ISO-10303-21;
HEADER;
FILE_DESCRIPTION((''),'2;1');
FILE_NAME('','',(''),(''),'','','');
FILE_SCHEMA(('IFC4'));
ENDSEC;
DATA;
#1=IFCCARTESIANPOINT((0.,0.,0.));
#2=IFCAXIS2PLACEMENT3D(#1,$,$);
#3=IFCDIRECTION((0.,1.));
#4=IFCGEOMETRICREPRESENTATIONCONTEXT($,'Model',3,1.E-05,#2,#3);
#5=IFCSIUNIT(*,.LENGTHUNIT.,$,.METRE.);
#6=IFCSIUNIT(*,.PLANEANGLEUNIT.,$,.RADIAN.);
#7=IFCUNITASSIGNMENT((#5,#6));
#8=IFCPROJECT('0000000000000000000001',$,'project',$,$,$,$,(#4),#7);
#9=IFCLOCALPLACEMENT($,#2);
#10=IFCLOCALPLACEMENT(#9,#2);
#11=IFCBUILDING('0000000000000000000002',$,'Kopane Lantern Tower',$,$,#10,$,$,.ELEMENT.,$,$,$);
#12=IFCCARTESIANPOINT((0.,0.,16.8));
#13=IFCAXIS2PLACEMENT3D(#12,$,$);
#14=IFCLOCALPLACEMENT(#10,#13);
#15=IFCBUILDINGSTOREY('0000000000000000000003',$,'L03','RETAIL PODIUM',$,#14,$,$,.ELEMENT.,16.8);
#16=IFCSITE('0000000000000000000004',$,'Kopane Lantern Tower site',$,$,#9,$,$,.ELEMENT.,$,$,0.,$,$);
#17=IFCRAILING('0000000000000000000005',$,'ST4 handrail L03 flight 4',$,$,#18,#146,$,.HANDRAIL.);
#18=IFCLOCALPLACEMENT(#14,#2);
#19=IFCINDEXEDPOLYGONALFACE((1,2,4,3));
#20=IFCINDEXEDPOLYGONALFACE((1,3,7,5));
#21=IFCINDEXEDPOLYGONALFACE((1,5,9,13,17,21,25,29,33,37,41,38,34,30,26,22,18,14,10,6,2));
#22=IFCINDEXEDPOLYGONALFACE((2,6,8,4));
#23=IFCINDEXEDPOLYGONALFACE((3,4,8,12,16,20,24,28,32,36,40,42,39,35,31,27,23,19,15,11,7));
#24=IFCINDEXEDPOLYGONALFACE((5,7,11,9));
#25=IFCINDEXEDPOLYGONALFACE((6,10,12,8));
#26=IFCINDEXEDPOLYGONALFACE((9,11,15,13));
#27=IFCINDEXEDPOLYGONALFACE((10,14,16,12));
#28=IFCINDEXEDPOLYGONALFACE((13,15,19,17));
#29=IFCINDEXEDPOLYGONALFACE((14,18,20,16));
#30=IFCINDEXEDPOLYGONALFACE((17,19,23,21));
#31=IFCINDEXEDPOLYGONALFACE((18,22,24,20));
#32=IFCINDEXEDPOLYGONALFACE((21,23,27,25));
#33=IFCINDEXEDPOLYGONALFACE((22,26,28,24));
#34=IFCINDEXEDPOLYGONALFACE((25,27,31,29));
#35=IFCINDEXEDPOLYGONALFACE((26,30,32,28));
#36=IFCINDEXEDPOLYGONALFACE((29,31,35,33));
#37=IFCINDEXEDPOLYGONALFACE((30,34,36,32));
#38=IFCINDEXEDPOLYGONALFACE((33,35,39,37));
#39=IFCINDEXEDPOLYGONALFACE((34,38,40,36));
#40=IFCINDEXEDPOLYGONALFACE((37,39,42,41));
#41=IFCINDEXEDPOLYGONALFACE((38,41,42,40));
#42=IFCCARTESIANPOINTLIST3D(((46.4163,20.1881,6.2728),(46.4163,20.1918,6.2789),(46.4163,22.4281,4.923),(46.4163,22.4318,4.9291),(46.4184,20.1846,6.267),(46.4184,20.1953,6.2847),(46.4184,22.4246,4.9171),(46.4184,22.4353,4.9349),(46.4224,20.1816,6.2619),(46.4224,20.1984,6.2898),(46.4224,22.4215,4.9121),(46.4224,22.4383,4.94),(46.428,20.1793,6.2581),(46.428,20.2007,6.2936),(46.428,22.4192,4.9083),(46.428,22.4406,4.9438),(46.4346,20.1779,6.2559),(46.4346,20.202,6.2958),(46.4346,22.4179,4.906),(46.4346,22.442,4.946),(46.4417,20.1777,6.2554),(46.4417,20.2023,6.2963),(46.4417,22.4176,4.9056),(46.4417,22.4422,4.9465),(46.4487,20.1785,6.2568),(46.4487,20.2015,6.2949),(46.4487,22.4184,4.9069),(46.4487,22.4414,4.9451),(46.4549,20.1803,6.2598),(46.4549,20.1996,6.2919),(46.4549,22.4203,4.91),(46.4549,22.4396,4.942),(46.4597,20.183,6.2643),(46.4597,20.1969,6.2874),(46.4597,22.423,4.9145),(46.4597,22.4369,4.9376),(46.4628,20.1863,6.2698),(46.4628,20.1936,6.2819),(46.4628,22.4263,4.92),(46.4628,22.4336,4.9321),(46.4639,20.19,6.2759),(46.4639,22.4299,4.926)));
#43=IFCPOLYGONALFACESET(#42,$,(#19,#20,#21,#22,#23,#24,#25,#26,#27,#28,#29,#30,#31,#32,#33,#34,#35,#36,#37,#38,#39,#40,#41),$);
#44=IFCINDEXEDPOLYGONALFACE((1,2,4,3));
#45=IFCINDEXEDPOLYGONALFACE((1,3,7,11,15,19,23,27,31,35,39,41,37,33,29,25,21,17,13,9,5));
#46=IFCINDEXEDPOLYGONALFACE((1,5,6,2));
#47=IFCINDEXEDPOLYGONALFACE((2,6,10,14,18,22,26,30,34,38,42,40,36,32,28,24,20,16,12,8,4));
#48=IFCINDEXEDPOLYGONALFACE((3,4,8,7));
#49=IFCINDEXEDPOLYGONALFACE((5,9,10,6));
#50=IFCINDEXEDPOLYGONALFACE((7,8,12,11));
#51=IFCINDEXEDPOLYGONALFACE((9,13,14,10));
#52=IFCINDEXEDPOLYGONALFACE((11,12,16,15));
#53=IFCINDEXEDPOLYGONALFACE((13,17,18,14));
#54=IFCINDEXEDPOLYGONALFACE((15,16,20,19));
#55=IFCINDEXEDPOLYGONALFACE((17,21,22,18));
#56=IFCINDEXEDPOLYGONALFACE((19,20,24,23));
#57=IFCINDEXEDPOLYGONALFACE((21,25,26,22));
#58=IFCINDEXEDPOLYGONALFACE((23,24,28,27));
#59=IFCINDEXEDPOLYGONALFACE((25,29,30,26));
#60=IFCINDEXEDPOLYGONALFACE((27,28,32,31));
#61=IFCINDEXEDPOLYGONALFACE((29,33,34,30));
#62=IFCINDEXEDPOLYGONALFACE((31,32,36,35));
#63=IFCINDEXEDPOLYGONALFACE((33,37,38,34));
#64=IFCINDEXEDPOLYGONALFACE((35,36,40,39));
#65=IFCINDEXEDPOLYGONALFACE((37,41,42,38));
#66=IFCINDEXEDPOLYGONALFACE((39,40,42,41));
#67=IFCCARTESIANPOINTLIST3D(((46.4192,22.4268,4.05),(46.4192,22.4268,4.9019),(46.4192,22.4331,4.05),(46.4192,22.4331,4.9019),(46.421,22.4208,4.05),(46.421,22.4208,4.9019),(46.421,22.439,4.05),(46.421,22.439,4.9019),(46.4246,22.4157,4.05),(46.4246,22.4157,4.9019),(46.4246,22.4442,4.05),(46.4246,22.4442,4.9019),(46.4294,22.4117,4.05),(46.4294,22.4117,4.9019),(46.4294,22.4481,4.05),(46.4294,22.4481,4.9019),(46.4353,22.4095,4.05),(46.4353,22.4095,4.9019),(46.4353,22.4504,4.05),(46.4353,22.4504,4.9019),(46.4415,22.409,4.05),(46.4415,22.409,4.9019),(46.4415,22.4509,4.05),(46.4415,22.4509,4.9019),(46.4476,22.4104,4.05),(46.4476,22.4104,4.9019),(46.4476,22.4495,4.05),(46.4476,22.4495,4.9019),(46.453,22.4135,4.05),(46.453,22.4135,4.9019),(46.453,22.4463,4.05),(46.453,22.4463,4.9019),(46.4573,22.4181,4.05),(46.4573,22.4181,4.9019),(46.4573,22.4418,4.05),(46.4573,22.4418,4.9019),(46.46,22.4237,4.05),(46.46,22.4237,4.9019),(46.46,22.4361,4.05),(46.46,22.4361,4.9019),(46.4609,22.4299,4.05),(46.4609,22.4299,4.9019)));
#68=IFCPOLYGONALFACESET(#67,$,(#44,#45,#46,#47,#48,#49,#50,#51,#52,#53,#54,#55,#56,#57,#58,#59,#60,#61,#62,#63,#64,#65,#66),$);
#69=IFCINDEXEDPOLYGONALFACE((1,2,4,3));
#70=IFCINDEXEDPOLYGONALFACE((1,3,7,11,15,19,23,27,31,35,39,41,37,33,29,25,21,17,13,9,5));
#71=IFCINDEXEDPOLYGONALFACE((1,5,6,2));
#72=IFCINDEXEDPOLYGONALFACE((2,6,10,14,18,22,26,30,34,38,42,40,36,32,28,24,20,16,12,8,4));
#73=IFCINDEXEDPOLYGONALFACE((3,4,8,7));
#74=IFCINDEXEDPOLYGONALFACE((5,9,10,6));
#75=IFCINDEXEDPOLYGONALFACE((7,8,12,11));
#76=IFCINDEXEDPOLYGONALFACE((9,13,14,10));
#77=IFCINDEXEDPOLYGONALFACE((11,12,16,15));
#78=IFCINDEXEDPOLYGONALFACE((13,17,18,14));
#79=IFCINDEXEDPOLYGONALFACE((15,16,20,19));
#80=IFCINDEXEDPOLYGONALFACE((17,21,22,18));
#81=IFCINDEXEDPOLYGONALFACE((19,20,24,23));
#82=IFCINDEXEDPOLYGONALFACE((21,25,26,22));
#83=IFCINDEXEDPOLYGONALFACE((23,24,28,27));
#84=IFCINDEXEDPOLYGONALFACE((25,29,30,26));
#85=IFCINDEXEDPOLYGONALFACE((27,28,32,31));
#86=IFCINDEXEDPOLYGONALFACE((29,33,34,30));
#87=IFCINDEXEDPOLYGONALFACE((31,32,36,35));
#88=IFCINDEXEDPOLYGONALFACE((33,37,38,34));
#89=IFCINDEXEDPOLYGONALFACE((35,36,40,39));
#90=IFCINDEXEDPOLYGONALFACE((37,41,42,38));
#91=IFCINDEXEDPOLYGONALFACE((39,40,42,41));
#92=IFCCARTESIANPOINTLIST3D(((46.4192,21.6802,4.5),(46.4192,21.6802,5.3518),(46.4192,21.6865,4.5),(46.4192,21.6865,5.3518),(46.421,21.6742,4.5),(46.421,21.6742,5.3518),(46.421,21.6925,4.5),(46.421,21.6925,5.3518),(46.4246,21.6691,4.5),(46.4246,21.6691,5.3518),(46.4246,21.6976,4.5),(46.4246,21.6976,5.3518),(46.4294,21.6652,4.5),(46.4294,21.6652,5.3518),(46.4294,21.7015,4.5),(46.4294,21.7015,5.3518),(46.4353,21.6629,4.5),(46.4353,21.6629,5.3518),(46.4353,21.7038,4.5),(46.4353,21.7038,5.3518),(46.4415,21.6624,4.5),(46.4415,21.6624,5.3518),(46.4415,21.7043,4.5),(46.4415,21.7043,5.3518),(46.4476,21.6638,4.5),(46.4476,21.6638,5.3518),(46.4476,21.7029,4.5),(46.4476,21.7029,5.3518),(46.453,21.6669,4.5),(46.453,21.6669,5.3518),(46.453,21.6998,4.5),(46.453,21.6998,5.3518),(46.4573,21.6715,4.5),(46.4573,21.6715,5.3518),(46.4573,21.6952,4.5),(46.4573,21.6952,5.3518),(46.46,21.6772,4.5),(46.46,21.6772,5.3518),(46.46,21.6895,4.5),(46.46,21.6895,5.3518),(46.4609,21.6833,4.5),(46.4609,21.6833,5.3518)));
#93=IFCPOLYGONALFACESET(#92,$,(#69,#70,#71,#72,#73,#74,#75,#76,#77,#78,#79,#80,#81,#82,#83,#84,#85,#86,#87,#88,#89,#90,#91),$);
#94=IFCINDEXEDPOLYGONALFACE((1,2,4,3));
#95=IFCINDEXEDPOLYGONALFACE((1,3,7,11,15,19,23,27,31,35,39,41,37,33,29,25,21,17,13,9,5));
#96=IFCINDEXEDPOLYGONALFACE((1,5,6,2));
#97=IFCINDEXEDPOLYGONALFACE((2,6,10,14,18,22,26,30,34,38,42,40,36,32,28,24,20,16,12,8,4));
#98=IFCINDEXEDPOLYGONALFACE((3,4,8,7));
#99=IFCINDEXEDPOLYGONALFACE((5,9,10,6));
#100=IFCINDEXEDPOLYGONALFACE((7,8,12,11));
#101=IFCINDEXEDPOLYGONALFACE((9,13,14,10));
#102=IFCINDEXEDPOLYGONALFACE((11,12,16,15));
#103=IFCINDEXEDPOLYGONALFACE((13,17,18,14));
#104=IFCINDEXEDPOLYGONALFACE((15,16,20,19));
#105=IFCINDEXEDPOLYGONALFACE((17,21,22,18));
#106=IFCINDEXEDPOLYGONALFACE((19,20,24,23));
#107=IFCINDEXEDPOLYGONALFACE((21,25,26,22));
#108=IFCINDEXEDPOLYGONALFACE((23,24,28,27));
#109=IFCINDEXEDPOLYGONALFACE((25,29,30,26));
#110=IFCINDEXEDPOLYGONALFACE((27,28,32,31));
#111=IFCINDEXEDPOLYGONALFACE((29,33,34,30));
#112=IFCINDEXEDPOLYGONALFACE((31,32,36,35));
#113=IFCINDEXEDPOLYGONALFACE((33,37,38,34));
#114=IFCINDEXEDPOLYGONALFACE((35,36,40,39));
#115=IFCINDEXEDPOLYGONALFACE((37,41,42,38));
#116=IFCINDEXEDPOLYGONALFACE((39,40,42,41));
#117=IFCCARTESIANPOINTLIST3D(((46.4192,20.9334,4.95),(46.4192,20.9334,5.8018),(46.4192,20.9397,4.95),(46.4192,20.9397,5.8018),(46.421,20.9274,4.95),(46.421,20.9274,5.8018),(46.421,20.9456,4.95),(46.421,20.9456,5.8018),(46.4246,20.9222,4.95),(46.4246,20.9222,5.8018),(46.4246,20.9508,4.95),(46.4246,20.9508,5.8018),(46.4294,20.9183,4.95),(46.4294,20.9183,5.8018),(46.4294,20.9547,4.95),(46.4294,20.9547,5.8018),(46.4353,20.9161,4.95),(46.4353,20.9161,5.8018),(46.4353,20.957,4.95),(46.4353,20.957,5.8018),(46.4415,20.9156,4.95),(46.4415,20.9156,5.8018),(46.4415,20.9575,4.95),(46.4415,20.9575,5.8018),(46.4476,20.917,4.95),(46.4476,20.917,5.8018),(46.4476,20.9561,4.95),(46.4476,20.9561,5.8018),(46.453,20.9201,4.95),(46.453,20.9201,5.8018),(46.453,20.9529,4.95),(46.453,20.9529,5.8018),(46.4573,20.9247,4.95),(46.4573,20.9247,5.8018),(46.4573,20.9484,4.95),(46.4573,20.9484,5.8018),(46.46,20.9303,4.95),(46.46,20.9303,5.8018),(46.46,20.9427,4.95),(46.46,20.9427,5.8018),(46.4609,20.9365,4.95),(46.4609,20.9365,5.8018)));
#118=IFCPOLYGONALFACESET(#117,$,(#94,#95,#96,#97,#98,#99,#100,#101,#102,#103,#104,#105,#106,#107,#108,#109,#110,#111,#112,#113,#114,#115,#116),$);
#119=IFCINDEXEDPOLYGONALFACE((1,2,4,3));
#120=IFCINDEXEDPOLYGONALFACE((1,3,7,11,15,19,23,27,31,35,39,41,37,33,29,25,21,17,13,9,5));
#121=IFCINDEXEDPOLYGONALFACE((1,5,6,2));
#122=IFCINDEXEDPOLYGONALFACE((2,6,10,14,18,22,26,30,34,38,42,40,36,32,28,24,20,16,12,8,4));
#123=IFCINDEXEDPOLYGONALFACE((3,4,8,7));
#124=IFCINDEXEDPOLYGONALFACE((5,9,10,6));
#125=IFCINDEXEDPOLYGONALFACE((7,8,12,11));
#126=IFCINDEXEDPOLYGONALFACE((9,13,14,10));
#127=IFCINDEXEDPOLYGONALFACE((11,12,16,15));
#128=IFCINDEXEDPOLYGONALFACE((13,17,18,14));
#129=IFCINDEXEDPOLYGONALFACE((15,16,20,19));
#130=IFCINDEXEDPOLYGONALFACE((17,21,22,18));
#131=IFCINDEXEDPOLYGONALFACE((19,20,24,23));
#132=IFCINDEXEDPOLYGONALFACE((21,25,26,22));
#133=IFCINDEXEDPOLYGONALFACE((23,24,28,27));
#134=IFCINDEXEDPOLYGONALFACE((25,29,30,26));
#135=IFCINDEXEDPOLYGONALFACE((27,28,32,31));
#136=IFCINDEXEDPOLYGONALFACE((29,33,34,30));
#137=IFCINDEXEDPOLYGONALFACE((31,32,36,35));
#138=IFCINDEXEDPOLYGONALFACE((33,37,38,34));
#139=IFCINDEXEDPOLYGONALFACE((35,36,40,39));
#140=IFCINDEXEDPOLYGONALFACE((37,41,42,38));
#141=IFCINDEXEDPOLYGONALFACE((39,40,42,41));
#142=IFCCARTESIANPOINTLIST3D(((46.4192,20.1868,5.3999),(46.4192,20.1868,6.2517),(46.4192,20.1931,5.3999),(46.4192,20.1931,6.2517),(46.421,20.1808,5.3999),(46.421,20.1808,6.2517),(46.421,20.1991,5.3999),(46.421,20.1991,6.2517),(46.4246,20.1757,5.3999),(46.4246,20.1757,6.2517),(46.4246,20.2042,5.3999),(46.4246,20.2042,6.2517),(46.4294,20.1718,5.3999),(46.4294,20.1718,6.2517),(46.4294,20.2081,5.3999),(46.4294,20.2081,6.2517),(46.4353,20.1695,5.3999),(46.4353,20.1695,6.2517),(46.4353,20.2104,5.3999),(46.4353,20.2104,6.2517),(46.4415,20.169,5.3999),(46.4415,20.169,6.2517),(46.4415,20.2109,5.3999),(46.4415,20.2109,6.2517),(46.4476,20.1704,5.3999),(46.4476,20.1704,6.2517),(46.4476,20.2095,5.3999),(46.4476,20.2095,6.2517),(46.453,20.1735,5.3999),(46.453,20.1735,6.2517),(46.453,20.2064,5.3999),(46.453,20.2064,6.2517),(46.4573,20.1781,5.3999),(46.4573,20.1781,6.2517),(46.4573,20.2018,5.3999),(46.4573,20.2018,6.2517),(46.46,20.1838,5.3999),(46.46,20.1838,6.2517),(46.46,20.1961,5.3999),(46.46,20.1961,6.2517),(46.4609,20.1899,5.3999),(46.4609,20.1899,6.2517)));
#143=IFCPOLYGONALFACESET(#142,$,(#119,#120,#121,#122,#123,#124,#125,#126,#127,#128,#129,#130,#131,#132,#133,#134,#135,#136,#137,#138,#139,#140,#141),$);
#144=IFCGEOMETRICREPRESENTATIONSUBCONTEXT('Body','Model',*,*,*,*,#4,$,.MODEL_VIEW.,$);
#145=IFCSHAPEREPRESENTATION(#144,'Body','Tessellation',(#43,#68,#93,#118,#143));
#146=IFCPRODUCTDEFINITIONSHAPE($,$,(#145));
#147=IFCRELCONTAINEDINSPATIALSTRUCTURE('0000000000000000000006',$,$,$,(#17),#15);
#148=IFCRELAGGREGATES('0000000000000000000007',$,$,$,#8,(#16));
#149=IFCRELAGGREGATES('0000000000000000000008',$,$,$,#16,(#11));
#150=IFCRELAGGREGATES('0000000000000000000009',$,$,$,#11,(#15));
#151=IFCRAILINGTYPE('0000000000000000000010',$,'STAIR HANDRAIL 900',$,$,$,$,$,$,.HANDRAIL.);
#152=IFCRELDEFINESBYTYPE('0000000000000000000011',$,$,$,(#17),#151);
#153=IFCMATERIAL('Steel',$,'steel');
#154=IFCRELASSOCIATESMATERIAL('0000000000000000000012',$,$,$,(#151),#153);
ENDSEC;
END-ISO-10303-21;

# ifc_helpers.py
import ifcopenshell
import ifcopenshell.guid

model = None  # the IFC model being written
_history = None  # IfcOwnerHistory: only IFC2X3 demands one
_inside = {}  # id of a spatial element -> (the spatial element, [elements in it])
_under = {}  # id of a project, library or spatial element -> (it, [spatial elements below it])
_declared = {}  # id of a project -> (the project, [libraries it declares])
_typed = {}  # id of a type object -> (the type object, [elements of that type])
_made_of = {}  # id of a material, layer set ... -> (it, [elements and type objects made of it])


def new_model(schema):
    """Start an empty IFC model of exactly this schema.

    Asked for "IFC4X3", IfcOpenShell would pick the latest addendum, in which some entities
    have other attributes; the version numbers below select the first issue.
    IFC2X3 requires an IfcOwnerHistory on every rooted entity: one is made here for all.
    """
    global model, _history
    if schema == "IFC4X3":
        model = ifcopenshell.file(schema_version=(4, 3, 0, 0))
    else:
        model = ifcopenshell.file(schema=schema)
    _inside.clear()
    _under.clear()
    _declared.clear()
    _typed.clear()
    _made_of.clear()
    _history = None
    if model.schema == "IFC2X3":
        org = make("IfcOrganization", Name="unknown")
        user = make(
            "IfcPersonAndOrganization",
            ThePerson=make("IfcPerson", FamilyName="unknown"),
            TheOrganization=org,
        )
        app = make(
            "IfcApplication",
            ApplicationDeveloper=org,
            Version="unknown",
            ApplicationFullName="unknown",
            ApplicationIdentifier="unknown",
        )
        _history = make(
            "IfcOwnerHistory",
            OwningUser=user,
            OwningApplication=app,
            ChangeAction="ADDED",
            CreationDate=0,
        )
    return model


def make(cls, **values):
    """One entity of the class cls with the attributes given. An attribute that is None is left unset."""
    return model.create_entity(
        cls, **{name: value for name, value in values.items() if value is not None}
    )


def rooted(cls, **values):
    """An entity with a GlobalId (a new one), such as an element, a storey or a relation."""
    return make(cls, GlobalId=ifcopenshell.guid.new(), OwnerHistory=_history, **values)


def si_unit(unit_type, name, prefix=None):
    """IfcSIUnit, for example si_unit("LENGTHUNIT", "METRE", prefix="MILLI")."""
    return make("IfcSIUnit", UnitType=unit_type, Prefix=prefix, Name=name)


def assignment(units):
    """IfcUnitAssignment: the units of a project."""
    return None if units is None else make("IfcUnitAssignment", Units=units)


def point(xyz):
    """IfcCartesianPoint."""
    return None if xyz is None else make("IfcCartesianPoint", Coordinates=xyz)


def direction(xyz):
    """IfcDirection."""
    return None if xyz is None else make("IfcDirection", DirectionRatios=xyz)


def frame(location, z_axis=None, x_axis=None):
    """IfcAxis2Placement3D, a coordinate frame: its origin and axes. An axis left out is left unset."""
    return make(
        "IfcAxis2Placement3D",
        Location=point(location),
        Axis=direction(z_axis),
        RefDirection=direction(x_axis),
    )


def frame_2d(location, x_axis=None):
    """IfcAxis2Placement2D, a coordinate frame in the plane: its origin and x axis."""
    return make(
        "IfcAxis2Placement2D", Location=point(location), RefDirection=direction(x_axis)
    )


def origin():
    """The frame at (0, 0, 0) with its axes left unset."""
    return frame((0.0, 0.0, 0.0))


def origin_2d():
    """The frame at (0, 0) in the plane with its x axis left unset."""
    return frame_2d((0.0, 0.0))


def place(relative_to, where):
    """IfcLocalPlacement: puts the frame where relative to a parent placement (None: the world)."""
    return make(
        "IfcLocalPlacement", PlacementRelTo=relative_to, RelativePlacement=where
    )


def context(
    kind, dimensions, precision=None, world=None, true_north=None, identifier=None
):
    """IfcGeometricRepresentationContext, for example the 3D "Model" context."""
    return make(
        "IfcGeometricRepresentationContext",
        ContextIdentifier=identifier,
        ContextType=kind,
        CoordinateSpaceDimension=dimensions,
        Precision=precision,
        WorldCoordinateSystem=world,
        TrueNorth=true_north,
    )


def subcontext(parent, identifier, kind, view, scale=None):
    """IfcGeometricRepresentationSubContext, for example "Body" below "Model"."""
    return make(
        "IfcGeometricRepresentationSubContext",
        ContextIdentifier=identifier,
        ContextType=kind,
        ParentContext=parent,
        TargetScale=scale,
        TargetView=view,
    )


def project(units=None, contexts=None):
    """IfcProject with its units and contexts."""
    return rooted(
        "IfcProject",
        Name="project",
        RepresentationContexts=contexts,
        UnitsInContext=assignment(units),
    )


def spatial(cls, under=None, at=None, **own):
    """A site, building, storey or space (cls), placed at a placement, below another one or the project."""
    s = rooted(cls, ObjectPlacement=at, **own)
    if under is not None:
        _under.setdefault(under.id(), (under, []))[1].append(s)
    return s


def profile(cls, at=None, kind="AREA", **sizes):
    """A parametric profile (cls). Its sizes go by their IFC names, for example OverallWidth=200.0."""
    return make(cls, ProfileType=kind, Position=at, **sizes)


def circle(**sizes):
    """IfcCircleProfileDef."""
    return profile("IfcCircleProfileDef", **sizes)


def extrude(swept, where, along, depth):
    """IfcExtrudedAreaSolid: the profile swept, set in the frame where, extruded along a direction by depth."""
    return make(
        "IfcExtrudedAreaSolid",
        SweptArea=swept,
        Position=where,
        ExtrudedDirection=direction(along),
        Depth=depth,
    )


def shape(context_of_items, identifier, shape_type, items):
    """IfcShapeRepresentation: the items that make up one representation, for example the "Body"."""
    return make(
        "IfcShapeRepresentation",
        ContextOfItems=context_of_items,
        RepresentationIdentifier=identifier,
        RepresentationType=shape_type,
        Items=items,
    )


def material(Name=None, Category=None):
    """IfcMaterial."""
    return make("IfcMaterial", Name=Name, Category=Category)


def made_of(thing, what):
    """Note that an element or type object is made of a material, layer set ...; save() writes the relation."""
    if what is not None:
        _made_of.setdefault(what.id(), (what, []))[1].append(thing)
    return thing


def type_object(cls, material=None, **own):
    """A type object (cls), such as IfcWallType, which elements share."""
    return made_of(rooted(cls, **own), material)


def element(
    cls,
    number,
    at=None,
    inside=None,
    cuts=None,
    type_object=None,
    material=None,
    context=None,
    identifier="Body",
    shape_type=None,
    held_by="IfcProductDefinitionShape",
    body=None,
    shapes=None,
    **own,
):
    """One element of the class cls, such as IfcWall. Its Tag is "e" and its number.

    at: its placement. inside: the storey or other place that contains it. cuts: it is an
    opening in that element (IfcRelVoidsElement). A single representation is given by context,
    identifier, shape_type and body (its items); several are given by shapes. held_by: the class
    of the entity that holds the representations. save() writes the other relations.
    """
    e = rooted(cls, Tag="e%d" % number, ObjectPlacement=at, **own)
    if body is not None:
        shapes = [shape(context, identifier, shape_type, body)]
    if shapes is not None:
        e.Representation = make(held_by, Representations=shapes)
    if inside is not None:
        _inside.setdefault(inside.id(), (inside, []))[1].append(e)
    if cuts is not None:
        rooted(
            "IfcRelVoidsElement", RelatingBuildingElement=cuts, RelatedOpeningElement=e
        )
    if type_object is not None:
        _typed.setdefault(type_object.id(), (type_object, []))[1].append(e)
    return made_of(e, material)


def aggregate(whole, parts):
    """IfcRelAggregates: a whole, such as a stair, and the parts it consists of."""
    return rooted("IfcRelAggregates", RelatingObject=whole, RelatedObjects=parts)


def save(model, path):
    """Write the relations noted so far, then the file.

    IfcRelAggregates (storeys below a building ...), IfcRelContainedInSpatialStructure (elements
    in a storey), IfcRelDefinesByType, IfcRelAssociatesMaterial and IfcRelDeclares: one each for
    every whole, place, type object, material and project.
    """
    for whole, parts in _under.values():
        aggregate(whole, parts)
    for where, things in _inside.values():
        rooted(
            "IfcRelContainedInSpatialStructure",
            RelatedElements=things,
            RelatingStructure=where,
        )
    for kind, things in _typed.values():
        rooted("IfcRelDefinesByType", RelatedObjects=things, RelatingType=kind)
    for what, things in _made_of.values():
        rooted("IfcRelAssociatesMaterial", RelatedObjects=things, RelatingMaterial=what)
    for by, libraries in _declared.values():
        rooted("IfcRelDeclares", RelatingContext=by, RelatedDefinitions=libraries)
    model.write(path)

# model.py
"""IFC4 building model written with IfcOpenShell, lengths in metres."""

from ifc_helpers import new_model, si_unit, direction, frame, origin, origin_2d, place, context, subcontext, project, spatial, circle, extrude, material, type_object, element, save


model = new_model("IFC4")

# Units and contexts
model_context = context("Model", 3, precision=1e-05, world=origin(), true_north=direction((0.0, 1.0)))
body_context = subcontext(model_context, "Body", "Model", "MODEL_VIEW")
ifc_project = project(units=[si_unit("LENGTHUNIT", "METRE"), si_unit("PLANEANGLEUNIT", "RADIAN")], contexts=[model_context])

# Site, building, storey
site_placement = place(None, origin())
site = spatial("IfcSite", under=ifc_project, at=site_placement, Name="Kopane Lantern Tower site", CompositionType="ELEMENT", RefElevation=0.0)
building_placement = place(site_placement, origin())
building = spatial("IfcBuilding", under=site, at=building_placement, Name="Kopane Lantern Tower", CompositionType="ELEMENT")
storey_placement = place(building_placement, frame((0.0, 0.0, 16.8)))
storey = spatial("IfcBuildingStorey", under=building, at=storey_placement, Name="L03", Description="RETAIL PODIUM", CompositionType="ELEMENT", Elevation=16.8)

# Railing
ifc_material_1 = material(Name="Steel", Category="steel")
railing_type_1 = type_object("IfcRailingType", Name="STAIR HANDRAIL 900", PredefinedType="HANDRAIL", material=ifc_material_1)
for number, where, name in (
    (1, (46.4399, 22.4299, 4.05), "ST4 handrail L03 flight 4"),
):
    element("IfcRailing", number, at=place(storey_placement, frame(where)), inside=storey, type_object=railing_type_1, Name=name, PredefinedType="HANDRAIL", context=body_context, shape_type="SweptSolid", body=[
        extrude(circle(Radius=0.0239, at=origin_2d()), frame((0.0, 0.0, 0.876), z_axis=(0.0, -0.856503, 0.516142), x_axis=(1.0, 0.0, 0.0)), (0.0, 0.0, 1.0), 2.6152),
        extrude(circle(Radius=0.021, at=origin_2d()), origin(), (0.0, 0.0, 1.0), 0.8518),
        extrude(circle(Radius=0.021, at=origin_2d()), frame((0.0, -0.7466, 0.45)), (0.0, 0.0, 1.0), 0.8518),
        extrude(circle(Radius=0.021, at=origin_2d()), frame((0.0, -1.4934, 0.8999)), (0.0, 0.0, 1.0), 0.8518),
        extrude(circle(Radius=0.021, at=origin_2d()), frame((0.0, -2.24, 1.3499)), (0.0, 0.0, 1.0), 0.8518),
    ])

save(model, "model.ifc")
